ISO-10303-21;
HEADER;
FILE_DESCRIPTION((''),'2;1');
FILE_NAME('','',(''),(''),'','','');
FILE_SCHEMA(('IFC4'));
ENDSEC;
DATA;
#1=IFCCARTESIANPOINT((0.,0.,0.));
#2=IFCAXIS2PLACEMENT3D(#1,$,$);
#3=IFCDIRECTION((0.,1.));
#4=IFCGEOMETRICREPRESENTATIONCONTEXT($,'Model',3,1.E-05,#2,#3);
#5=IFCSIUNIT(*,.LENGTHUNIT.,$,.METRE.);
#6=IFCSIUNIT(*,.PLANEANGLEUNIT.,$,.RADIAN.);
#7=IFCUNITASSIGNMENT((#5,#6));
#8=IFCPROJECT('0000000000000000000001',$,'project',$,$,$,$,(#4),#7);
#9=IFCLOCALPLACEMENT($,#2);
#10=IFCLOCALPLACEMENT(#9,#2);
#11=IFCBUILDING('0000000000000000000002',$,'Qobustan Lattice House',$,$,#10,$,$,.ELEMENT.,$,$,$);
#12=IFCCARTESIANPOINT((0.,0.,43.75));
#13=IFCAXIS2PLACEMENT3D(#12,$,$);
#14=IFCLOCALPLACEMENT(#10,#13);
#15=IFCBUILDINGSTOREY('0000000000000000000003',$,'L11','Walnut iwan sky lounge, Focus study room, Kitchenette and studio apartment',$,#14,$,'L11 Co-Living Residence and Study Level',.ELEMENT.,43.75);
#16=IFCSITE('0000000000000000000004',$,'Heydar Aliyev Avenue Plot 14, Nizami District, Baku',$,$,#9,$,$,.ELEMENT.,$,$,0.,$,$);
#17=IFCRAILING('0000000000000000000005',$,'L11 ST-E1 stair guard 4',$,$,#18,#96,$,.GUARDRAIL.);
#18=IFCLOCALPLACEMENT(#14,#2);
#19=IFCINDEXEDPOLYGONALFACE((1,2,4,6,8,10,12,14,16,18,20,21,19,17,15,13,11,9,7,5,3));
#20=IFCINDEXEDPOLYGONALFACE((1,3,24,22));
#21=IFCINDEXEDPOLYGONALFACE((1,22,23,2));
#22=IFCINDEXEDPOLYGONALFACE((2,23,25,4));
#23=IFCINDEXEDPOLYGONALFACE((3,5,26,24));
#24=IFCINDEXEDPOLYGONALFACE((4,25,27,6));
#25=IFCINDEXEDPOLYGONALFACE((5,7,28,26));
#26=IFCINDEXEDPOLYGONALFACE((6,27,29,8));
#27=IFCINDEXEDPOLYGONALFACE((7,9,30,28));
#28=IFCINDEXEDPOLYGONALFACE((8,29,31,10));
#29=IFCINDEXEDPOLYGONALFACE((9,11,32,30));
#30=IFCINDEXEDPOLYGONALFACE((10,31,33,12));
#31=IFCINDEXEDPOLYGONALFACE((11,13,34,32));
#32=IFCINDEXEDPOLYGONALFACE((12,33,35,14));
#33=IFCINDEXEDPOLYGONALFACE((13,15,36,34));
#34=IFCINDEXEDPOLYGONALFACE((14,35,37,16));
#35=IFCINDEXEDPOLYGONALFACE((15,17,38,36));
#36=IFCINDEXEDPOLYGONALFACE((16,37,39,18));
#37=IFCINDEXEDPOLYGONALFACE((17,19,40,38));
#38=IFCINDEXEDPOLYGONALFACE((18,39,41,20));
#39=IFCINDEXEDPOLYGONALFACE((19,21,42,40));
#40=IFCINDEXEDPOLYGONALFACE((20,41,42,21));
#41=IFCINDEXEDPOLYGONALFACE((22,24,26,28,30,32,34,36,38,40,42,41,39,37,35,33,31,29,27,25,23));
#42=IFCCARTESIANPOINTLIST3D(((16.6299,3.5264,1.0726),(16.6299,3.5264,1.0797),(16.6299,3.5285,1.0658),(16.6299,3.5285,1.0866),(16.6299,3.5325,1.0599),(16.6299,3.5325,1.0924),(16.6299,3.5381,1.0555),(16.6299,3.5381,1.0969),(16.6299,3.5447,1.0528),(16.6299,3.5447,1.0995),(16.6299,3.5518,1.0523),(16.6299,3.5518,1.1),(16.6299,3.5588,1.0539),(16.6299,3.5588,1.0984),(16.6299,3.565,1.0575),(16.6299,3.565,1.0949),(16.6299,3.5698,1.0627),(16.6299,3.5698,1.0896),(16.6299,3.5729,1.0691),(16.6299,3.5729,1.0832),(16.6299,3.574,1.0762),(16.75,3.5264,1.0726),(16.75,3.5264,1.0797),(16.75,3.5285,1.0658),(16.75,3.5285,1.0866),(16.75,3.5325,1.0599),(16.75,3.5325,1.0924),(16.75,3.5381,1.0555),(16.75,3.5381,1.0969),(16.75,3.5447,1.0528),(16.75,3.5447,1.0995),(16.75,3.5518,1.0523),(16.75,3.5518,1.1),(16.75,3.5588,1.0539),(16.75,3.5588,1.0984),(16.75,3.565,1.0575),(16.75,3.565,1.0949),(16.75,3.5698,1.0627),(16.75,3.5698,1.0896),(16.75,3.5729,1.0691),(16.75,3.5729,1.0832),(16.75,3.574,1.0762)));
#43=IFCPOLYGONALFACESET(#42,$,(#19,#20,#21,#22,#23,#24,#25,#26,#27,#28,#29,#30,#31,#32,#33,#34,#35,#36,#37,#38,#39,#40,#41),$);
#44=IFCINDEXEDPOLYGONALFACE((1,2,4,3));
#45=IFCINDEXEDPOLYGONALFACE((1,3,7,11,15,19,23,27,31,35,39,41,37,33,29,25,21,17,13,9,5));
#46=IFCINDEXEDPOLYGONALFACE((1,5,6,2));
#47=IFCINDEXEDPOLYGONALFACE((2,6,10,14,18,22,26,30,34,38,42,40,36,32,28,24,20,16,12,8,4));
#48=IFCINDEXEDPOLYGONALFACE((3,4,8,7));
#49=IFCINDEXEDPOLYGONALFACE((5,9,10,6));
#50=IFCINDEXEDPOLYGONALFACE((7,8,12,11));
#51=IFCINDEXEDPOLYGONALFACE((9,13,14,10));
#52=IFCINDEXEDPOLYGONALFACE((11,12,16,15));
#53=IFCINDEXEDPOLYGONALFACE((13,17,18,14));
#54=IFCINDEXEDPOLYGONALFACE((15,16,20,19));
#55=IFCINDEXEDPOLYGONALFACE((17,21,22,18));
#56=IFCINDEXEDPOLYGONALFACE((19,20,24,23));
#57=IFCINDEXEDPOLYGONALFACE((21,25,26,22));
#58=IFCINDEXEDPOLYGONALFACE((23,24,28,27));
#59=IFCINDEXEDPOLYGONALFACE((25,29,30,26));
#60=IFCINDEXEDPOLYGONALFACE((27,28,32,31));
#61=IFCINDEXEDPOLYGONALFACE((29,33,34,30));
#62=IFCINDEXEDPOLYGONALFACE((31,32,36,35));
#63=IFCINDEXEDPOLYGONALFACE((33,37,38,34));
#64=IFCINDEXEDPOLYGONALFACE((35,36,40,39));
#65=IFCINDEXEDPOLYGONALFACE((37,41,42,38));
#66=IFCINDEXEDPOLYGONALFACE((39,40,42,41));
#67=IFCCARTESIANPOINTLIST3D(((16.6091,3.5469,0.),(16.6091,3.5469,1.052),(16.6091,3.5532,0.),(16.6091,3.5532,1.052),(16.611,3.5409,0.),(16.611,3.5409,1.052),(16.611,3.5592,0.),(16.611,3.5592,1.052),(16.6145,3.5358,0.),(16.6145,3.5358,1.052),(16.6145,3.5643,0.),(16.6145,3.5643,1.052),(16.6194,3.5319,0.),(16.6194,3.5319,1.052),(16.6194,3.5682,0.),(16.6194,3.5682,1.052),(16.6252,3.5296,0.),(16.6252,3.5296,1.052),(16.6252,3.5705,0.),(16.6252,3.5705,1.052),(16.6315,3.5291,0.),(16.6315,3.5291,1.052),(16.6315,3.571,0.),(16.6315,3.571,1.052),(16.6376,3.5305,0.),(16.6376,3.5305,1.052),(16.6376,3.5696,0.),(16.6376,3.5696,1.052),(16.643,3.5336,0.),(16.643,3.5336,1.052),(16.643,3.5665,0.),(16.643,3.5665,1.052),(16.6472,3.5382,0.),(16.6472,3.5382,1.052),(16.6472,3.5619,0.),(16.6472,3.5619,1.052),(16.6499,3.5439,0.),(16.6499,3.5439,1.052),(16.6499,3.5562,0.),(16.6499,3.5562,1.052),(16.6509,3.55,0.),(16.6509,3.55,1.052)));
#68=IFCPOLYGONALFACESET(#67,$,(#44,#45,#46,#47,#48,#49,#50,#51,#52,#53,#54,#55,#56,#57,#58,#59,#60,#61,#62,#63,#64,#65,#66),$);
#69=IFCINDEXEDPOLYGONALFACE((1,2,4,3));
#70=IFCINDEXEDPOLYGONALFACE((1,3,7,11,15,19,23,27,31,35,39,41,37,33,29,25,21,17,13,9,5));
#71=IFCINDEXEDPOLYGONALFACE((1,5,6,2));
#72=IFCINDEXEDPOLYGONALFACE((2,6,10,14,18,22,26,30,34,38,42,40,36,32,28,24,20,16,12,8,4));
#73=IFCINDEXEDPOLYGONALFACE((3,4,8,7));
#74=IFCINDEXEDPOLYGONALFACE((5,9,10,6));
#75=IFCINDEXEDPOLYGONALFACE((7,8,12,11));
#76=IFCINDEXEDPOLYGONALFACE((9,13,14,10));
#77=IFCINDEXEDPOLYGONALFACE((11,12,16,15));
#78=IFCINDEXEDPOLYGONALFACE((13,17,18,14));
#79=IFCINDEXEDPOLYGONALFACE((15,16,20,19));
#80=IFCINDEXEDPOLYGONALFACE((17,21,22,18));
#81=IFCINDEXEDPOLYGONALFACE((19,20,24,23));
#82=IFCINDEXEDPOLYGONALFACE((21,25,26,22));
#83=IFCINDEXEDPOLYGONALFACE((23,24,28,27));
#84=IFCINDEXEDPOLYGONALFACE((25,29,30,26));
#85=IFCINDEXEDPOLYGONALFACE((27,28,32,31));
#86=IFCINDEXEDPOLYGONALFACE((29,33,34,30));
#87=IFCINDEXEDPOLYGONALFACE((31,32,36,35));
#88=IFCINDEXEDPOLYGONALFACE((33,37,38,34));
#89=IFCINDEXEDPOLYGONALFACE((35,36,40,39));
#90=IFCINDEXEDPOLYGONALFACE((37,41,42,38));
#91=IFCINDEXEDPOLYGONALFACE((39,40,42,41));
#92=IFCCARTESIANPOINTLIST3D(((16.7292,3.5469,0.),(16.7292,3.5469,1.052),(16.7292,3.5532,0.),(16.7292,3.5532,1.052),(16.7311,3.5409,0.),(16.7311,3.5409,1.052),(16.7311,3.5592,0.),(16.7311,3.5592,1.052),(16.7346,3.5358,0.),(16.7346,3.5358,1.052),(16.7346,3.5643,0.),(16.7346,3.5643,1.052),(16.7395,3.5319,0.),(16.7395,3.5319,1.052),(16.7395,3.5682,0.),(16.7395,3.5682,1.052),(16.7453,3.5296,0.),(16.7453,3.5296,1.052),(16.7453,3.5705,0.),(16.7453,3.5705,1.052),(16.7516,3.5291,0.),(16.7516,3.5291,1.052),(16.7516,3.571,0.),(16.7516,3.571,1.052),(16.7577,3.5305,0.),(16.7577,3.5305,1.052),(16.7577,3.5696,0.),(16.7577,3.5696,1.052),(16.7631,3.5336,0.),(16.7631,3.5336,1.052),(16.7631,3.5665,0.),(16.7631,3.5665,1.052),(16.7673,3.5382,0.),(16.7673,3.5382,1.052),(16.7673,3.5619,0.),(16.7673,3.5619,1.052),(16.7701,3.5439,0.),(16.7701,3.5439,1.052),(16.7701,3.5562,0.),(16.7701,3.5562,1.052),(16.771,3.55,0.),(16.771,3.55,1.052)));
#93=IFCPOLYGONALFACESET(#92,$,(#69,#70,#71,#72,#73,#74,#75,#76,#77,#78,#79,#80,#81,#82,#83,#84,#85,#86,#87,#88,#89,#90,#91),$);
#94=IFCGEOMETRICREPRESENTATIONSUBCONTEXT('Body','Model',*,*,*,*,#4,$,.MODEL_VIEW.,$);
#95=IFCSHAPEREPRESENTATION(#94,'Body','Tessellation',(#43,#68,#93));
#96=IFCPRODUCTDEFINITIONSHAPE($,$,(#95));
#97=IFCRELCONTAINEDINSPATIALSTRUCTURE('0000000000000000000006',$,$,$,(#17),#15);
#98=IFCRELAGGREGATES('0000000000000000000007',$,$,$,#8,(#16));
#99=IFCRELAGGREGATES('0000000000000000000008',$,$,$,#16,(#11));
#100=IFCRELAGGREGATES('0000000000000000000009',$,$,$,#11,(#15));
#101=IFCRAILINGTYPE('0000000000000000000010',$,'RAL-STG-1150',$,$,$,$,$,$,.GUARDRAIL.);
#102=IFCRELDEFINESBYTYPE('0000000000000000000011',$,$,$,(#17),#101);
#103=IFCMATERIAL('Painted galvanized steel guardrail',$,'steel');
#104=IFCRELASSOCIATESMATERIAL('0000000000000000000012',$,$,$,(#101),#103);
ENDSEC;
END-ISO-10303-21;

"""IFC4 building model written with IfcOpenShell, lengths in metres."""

from ifc_helpers import new_model, si_unit, direction, frame, origin, origin_2d, place, context, subcontext, project, spatial, circle, extrude, material, type_object, element, save


model = new_model("IFC4")

# Units and contexts
model_context = context("Model", 3, precision=1e-05, world=origin(), true_north=direction((0.0, 1.0)))
body_context = subcontext(model_context, "Body", "Model", "MODEL_VIEW")
ifc_project = project(units=[si_unit("LENGTHUNIT", "METRE"), si_unit("PLANEANGLEUNIT", "RADIAN")], contexts=[model_context])

# Site, building, storey
site_placement = place(None, origin())
site = spatial("IfcSite", under=ifc_project, at=site_placement, Name="Heydar Aliyev Avenue Plot 14, Nizami District, Baku", CompositionType="ELEMENT", RefElevation=0.0)
building_placement = place(site_placement, origin())
building = spatial("IfcBuilding", under=site, at=building_placement, Name="Qobustan Lattice House", CompositionType="ELEMENT")
storey_placement = place(building_placement, frame((0.0, 0.0, 43.75)))
storey = spatial("IfcBuildingStorey", under=building, at=storey_placement, Name="L11", Description="Walnut iwan sky lounge, Focus study room, Kitchenette and studio apartment", LongName="L11 Co-Living Residence and Study Level", CompositionType="ELEMENT", Elevation=43.75)

# Railing
ifc_material_1 = material(Name="Painted galvanized steel guardrail", Category="steel")
railing_type_1 = type_object("IfcRailingType", Name="RAL-STG-1150", PredefinedType="GUARDRAIL", material=ifc_material_1)
railing_1_placement = place(storey_placement, frame((16.6299, 3.55, 0.0)))
element("IfcRailing", 1, at=railing_1_placement, inside=storey, type_object=railing_type_1, Name="L11 ST-E1 stair guard 4", PredefinedType="GUARDRAIL", context=body_context, shape_type="SweptSolid", body=[
    extrude(circle(Radius=0.0239, at=origin_2d()), frame((0.0, 0.0, 1.0762), z_axis=(1.0, 0.0, 0.0), x_axis=(0.0, 1.0, 0.0)), (0.0, 0.0, 1.0), 0.1201),
    extrude(circle(Radius=0.021, at=origin_2d()), origin(), (0.0, 0.0, 1.0), 1.052),
    extrude(circle(Radius=0.021, at=origin_2d()), frame((0.1201, 0.0, 0.0)), (0.0, 0.0, 1.0), 1.052),
])

save(model, "model.ifc")
